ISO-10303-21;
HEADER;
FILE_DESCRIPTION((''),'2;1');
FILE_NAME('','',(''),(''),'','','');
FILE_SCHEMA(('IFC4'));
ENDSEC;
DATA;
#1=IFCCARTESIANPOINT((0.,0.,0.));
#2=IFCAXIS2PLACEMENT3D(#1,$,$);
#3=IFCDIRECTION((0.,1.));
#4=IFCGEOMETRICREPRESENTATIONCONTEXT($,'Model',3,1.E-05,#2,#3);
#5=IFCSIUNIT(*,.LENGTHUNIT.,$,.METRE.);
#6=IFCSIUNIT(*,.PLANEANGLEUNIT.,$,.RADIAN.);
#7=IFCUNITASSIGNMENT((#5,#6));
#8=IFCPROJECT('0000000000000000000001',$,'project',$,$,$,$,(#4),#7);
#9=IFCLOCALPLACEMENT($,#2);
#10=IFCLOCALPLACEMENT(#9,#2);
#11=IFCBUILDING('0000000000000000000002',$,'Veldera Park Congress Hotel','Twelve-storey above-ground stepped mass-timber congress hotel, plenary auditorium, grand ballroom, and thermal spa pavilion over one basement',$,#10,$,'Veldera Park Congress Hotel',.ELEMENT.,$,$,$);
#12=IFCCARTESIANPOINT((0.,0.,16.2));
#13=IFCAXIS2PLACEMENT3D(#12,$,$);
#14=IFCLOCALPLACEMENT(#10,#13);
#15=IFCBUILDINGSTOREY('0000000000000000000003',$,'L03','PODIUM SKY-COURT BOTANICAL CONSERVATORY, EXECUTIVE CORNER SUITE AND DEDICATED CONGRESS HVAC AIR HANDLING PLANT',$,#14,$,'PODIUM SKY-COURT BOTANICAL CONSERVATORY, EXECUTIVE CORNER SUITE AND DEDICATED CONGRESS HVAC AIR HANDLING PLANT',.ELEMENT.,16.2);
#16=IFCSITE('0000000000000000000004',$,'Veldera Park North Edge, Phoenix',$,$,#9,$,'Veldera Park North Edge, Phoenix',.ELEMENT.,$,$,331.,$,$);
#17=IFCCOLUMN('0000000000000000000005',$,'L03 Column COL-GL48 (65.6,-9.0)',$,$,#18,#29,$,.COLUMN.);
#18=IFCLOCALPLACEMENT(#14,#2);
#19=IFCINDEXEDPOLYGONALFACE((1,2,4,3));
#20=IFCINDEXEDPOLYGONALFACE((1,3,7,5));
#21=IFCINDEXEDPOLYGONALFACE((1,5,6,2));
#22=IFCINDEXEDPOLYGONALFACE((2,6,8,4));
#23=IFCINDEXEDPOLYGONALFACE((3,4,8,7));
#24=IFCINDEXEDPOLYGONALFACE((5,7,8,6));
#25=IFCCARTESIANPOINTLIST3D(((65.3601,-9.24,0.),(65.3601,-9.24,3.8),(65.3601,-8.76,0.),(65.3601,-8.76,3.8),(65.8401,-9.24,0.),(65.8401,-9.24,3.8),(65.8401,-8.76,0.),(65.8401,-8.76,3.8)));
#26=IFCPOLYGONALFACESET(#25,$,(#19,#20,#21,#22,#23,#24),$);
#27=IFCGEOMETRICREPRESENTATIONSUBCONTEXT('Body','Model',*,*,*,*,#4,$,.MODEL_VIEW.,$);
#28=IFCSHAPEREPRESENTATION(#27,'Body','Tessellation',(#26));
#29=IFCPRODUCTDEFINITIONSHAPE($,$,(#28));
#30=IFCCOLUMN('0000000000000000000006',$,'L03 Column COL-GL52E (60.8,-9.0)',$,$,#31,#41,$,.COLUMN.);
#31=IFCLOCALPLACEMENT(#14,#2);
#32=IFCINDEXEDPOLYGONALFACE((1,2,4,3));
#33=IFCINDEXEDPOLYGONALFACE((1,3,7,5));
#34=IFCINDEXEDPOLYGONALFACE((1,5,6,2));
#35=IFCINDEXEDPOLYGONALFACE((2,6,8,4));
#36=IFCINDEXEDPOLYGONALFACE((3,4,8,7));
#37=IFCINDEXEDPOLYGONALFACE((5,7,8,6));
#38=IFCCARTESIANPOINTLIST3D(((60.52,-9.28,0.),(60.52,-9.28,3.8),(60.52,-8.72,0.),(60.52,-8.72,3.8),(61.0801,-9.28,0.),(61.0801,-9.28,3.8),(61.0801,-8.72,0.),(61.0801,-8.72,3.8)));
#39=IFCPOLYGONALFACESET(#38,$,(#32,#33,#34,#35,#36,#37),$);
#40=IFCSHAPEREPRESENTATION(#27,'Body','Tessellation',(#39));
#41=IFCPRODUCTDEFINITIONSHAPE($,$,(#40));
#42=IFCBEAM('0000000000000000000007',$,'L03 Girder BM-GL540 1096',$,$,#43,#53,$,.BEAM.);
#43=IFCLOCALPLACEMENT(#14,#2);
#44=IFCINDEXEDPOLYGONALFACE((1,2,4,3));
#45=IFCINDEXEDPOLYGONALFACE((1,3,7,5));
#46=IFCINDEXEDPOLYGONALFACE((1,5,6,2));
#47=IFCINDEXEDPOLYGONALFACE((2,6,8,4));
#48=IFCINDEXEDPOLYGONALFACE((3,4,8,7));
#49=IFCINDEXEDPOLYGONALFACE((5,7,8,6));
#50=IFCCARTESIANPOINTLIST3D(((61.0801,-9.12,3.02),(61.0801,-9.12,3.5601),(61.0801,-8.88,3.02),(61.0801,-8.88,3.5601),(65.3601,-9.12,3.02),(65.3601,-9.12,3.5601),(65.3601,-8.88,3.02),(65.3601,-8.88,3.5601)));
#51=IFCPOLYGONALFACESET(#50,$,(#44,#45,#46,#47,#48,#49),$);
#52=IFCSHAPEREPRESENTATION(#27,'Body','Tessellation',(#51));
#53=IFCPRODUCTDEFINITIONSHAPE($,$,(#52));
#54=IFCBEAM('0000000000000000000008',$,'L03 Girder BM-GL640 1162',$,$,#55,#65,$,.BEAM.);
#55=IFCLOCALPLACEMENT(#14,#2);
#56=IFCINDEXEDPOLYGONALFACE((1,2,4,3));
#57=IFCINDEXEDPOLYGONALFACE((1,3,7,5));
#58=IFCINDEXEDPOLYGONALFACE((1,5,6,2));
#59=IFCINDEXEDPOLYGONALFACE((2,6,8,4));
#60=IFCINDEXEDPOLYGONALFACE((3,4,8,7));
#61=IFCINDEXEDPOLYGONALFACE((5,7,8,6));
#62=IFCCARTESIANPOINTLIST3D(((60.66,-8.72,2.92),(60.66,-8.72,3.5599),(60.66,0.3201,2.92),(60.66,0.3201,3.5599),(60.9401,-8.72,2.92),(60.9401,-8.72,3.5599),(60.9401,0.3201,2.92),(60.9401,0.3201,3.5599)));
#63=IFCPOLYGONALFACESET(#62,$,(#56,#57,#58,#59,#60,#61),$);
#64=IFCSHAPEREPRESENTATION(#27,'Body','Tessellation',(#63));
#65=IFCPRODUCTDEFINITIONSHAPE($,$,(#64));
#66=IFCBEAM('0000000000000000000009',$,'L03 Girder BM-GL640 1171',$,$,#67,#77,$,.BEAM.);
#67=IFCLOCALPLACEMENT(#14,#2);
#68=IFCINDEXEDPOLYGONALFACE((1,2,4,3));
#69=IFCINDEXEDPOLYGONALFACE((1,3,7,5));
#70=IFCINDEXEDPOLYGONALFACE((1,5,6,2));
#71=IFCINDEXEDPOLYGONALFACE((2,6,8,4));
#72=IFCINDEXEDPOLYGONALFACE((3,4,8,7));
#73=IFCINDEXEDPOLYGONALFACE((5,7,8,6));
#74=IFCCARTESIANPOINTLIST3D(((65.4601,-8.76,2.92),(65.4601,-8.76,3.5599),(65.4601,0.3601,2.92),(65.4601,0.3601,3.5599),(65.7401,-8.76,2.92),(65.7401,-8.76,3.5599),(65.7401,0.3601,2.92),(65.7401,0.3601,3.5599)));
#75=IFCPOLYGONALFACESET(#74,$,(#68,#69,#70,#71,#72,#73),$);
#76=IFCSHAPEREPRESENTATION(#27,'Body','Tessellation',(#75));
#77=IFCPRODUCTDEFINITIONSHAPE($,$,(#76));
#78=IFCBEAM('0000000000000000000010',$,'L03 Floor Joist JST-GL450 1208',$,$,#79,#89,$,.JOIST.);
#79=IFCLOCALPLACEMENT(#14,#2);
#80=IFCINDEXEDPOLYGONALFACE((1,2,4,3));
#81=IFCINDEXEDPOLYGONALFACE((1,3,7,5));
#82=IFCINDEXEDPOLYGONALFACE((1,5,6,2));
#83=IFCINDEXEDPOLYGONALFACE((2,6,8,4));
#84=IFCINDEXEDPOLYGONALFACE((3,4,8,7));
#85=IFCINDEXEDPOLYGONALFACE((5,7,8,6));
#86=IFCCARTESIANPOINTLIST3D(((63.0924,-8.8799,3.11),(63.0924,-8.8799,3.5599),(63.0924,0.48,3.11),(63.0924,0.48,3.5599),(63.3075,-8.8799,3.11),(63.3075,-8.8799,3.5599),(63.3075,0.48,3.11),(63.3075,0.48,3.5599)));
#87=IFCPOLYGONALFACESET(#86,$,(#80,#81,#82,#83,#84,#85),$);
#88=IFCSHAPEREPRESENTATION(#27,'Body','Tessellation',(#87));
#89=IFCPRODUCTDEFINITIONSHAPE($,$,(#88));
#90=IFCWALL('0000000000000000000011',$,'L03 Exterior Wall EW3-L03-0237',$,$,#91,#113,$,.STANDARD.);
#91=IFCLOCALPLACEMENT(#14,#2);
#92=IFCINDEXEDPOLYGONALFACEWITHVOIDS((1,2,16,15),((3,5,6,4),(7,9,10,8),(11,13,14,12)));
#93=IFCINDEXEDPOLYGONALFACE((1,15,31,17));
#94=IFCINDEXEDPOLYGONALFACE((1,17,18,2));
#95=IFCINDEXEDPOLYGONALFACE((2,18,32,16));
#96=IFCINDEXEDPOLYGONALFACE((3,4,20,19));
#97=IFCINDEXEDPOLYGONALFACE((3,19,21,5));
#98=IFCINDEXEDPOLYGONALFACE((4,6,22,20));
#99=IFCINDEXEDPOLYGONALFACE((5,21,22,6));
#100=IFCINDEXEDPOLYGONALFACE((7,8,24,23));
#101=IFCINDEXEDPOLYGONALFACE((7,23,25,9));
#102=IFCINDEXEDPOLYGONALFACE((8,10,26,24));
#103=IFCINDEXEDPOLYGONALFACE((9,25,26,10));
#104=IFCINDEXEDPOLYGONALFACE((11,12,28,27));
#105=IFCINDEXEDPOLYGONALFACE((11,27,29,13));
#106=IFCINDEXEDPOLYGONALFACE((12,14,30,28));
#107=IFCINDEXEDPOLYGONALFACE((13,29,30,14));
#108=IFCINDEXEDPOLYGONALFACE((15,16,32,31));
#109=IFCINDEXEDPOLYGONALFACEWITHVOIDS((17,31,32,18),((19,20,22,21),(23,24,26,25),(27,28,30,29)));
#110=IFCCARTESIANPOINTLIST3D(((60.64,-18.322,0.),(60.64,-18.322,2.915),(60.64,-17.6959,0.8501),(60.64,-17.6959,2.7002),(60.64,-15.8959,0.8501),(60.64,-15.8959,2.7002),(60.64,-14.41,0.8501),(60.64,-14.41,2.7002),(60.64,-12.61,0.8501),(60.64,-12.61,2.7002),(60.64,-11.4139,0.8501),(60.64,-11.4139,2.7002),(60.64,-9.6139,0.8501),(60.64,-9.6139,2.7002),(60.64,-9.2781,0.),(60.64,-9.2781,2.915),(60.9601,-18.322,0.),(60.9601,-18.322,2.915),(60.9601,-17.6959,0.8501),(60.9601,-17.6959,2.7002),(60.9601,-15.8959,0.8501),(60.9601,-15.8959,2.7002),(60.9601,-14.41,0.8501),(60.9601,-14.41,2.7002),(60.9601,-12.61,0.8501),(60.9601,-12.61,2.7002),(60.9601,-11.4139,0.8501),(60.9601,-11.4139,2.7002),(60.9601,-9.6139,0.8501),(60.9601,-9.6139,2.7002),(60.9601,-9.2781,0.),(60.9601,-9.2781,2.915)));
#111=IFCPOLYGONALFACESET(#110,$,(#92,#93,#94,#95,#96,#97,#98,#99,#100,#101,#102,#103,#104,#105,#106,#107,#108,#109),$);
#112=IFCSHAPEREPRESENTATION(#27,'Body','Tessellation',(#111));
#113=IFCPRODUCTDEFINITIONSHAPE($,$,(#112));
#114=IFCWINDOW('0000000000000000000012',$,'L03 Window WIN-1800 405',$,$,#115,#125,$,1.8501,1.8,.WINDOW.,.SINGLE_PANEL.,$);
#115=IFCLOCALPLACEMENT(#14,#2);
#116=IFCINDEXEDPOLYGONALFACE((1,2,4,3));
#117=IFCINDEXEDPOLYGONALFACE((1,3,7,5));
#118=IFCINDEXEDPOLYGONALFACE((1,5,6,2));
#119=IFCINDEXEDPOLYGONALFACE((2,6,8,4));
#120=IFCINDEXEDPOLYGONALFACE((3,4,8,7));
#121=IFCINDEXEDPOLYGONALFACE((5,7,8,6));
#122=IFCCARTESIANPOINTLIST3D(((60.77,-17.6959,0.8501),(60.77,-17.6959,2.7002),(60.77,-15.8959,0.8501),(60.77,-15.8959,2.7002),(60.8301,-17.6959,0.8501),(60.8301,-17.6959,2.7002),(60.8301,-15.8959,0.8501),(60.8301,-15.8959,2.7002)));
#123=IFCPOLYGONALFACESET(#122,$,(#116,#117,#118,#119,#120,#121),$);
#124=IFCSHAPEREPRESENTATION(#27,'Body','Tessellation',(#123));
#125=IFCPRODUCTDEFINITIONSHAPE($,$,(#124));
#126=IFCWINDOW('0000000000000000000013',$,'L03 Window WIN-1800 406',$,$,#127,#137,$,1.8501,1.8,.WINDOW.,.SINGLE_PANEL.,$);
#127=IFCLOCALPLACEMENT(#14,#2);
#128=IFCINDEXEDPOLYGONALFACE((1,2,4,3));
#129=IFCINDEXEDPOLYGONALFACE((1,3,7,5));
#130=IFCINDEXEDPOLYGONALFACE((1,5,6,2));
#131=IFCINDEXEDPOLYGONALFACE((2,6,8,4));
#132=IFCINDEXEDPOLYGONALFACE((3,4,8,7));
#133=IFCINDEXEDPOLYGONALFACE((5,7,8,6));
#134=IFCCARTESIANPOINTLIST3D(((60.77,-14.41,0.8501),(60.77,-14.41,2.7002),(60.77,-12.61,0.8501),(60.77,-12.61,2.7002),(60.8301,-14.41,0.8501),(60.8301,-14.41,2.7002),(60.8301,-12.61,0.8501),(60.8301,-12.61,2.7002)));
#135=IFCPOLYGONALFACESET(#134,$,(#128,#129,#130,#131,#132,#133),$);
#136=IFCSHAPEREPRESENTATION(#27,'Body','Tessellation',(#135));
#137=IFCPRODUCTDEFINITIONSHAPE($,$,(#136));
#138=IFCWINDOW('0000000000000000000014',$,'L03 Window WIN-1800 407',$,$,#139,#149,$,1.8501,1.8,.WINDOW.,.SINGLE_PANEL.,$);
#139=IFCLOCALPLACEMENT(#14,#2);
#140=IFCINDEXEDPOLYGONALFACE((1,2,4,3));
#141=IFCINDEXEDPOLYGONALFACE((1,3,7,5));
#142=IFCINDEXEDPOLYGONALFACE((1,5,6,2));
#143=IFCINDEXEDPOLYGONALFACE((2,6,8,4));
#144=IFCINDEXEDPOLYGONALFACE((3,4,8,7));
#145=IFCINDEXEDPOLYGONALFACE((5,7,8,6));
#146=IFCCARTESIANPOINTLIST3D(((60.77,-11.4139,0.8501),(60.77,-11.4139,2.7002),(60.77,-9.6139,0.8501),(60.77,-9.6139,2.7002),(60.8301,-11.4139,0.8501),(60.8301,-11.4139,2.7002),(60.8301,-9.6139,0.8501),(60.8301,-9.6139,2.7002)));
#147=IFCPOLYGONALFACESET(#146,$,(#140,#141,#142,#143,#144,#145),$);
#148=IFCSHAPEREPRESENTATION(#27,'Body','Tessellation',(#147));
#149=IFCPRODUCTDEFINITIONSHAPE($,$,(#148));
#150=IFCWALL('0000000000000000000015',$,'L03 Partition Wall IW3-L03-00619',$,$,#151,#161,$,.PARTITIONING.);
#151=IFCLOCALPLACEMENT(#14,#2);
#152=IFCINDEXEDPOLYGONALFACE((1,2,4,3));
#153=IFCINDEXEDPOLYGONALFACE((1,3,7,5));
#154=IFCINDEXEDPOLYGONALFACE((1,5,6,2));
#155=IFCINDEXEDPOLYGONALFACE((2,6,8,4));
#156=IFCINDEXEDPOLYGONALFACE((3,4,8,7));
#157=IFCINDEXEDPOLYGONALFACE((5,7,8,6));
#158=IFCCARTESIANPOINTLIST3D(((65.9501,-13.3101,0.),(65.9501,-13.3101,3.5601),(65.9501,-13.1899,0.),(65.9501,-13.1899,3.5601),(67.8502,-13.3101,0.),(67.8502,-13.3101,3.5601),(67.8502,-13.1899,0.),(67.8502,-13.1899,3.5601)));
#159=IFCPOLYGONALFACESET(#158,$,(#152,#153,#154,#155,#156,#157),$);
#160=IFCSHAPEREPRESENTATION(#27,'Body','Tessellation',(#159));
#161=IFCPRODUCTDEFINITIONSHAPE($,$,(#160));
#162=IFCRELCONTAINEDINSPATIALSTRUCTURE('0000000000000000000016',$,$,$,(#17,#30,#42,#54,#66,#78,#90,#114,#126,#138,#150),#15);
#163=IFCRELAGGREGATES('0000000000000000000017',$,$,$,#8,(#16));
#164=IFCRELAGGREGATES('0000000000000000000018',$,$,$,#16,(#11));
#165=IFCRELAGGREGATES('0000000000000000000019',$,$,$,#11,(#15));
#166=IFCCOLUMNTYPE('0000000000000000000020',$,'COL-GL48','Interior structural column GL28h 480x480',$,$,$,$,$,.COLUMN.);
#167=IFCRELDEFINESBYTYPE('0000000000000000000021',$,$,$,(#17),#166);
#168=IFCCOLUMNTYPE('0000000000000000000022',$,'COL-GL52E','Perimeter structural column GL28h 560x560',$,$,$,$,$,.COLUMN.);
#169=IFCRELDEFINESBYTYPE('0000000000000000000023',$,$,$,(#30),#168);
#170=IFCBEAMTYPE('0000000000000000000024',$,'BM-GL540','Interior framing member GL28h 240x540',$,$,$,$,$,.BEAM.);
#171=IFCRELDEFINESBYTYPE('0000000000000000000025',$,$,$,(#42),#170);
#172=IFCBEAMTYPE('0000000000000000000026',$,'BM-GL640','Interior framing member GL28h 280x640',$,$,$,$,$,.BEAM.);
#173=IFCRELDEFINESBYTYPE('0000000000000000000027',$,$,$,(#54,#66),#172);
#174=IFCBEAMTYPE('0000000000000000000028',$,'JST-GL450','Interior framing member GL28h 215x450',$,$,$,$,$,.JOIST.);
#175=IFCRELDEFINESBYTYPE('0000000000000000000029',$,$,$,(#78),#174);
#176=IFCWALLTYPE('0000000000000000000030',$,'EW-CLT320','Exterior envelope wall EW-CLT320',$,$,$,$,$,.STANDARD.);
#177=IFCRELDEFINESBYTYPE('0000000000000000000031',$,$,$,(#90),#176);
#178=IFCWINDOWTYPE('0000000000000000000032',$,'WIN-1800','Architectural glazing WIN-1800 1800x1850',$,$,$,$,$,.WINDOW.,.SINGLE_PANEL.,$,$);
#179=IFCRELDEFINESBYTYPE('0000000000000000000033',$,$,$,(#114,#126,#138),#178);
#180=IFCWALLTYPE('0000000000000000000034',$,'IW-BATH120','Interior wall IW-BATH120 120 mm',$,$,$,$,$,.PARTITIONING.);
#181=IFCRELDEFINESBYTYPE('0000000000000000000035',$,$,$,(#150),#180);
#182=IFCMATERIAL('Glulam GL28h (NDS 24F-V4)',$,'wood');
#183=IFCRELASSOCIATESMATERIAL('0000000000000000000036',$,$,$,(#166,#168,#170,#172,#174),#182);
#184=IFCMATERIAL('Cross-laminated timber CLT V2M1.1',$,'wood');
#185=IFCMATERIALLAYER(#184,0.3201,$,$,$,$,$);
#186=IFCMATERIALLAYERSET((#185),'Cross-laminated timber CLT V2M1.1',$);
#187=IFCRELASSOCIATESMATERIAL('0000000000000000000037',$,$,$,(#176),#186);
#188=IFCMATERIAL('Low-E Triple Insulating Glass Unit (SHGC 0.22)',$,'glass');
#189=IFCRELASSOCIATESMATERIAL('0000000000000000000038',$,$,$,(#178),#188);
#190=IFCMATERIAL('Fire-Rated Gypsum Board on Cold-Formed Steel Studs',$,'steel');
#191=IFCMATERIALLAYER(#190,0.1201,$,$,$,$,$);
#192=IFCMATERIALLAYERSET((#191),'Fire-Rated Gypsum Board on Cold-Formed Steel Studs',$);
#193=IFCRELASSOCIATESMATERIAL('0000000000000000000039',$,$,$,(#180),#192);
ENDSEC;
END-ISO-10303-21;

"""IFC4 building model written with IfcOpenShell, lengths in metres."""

from ifc_helpers import new_model, si_unit, direction, frame, frame_2d, origin, origin_2d, place, context, subcontext, project, spatial, rectangle, extrude, material, layer, layer_set, material_profile, profile_set, type_object, element, fill, save


model = new_model("IFC4")

# Units and contexts
model_context = context("Model", 3, precision=1e-05, world=origin(), true_north=direction((0.0, 1.0)))
body_context = subcontext(model_context, "Body", "Model", "MODEL_VIEW")
ifc_project = project(units=[si_unit("LENGTHUNIT", "METRE"), si_unit("PLANEANGLEUNIT", "RADIAN")], contexts=[model_context])

# Site, building, storey
site_placement = place(None, origin())
site = spatial("IfcSite", under=ifc_project, at=site_placement, Name="Veldera Park North Edge, Phoenix", LongName="Veldera Park North Edge, Phoenix", CompositionType="ELEMENT", RefElevation=331.0)
building_placement = place(site_placement, origin())
building = spatial("IfcBuilding", under=site, at=building_placement, Name="Veldera Park Congress Hotel", Description="Twelve-storey above-ground stepped mass-timber congress hotel, plenary auditorium, grand ballroom, and thermal spa pavilion over one basement", LongName="Veldera Park Congress Hotel", CompositionType="ELEMENT")
storey_placement = place(building_placement, frame((0.0, 0.0, 16.2)))
storey = spatial("IfcBuildingStorey", under=building, at=storey_placement, Name="L03", Description="PODIUM SKY-COURT BOTANICAL CONSERVATORY, EXECUTIVE CORNER SUITE AND DEDICATED CONGRESS HVAC AIR HANDLING PLANT", LongName="PODIUM SKY-COURT BOTANICAL CONSERVATORY, EXECUTIVE CORNER SUITE AND DEDICATED CONGRESS HVAC AIR HANDLING PLANT", CompositionType="ELEMENT", Elevation=16.2)

# Columns
ifc_material_1 = material(Name="Glulam GL28h (NDS 24F-V4)", Category="wood")
ifc_material_profile_1 = material_profile(ifc_material_1, rectangle(XDim=0.48, YDim=0.48, at=origin_2d()), Name="GL28h 480x480")
ifc_profile_set_1 = profile_set([ifc_material_profile_1], Name="Glulam GL28h (NDS 24F-V4)")
column_type_1 = type_object("IfcColumnType", Name="COL-GL48", Description="Interior structural column GL28h 480x480", PredefinedType="COLUMN", material=ifc_profile_set_1)
column_1_placement = place(storey_placement, frame((65.6001, -9.0, 0.0), z_axis=(0.0, 0.0, 1.0), x_axis=(1.0, 0.0, 0.0)))
element("IfcColumn", 1, at=column_1_placement, inside=storey, type_object=column_type_1, Name="L03 Column COL-GL48 (65.6,-9.0)", PredefinedType="COLUMN", context=body_context, shape_type="SweptSolid", body=[
    extrude(rectangle(XDim=0.48, YDim=0.48, at=origin_2d()), origin(), (0.0, 0.0, 1.0), 3.8),
])
ifc_material_profile_2 = material_profile(ifc_material_1, rectangle(XDim=0.5601, YDim=0.5601, at=origin_2d()), Name="GL28h 560x560")
ifc_profile_set_2 = profile_set([ifc_material_profile_2], Name="Glulam GL28h (NDS 24F-V4)")
column_type_2 = type_object("IfcColumnType", Name="COL-GL52E", Description="Perimeter structural column GL28h 560x560", PredefinedType="COLUMN", material=ifc_profile_set_2)
column_2_placement = place(storey_placement, frame((60.8, -9.0, 0.0), z_axis=(0.0, 0.0, 1.0), x_axis=(1.0, 0.0, 0.0)))
element("IfcColumn", 2, at=column_2_placement, inside=storey, type_object=column_type_2, Name="L03 Column COL-GL52E (60.8,-9.0)", PredefinedType="COLUMN", context=body_context, shape_type="SweptSolid", body=[
    extrude(rectangle(XDim=0.5601, YDim=0.5601, at=origin_2d()), origin(), (0.0, 0.0, 1.0), 3.8),
])

# Beams
ifc_material_profile_3 = material_profile(ifc_material_1, rectangle(XDim=0.24, YDim=0.54, at=origin_2d()), Name="GL28h 240x540")
ifc_profile_set_3 = profile_set([ifc_material_profile_3], Name="Glulam GL28h (NDS 24F-V4)")
beam_type_1 = type_object("IfcBeamType", Name="BM-GL540", Description="Interior framing member GL28h 240x540", PredefinedType="BEAM", material=ifc_profile_set_3)
beam_1_placement = place(storey_placement, frame((61.0801, -9.0, 3.29), z_axis=(1.0, 0.0, 0.0), x_axis=(0.0, 1.0, 0.0)))
element("IfcBeam", 3, at=beam_1_placement, inside=storey, type_object=beam_type_1, Name="L03 Girder BM-GL540 1096", PredefinedType="BEAM", context=body_context, shape_type="SweptSolid", body=[
    extrude(rectangle(XDim=0.24, YDim=0.54, at=origin_2d()), origin(), (0.0, 0.0, 1.0), 4.28),
])
ifc_material_profile_4 = material_profile(ifc_material_1, rectangle(XDim=0.28, YDim=0.6399, at=origin_2d()), Name="GL28h 280x640")
ifc_profile_set_4 = profile_set([ifc_material_profile_4], Name="Glulam GL28h (NDS 24F-V4)")
beam_type_2 = type_object("IfcBeamType", Name="BM-GL640", Description="Interior framing member GL28h 280x640", PredefinedType="BEAM", material=ifc_profile_set_4)
beam_2_placement = place(storey_placement, frame((60.8, -8.72, 3.24), z_axis=(0.0, 1.0, 0.0), x_axis=(-1.0, 0.0, 0.0)))
element("IfcBeam", 4, at=beam_2_placement, inside=storey, type_object=beam_type_2, Name="L03 Girder BM-GL640 1162", PredefinedType="BEAM", context=body_context, shape_type="SweptSolid", body=[
    extrude(rectangle(XDim=0.28, YDim=0.6399, at=origin_2d()), origin(), (0.0, 0.0, 1.0), 9.04),
])
beam_3_placement = place(storey_placement, frame((65.6001, -8.76, 3.24), z_axis=(0.0, 1.0, 0.0), x_axis=(-1.0, 0.0, 0.0)))
element("IfcBeam", 5, at=beam_3_placement, inside=storey, type_object=beam_type_2, Name="L03 Girder BM-GL640 1171", PredefinedType="BEAM", context=body_context, shape_type="SweptSolid", body=[
    extrude(rectangle(XDim=0.28, YDim=0.6399, at=origin_2d()), origin(), (0.0, 0.0, 1.0), 9.1201),
])
ifc_material_profile_5 = material_profile(ifc_material_1, rectangle(XDim=0.2151, YDim=0.45, at=origin_2d()), Name="GL28h 215x450")
ifc_profile_set_5 = profile_set([ifc_material_profile_5], Name="Glulam GL28h (NDS 24F-V4)")
beam_type_3 = type_object("IfcBeamType", Name="JST-GL450", Description="Interior framing member GL28h 215x450", PredefinedType="JOIST", material=ifc_profile_set_5)
beam_4_placement = place(storey_placement, frame((63.2, -8.8799, 3.335), z_axis=(0.0, 1.0, 0.0), x_axis=(-1.0, 0.0, 0.0)))
element("IfcBeam", 6, at=beam_4_placement, inside=storey, type_object=beam_type_3, Name="L03 Floor Joist JST-GL450 1208", PredefinedType="JOIST", context=body_context, shape_type="SweptSolid", body=[
    extrude(rectangle(XDim=0.2151, YDim=0.45, at=origin_2d()), origin(), (0.0, 0.0, 1.0), 9.3599),
])

# Wall, openings, windows
ifc_material_2 = material(Name="Cross-laminated timber CLT V2M1.1", Category="wood")
ifc_layer_1 = layer(ifc_material_2, 0.3201)
ifc_layer_set_1 = layer_set([ifc_layer_1], Name="Cross-laminated timber CLT V2M1.1")
wall_type_1 = type_object("IfcWallType", Name="EW-CLT320", Description="Exterior envelope wall EW-CLT320", PredefinedType="STANDARD", material=ifc_layer_set_1)
wall_1_placement = place(storey_placement, frame((60.8, -9.2781, 0.0), z_axis=(0.0, 0.0, 1.0), x_axis=(0.0, -1.0, 0.0)))
wall_1 = element("IfcWall", 7, at=wall_1_placement, inside=storey, type_object=wall_type_1, Name="L03 Exterior Wall EW3-L03-0237", PredefinedType="STANDARD", context=body_context, shape_type="SweptSolid", body=[
    extrude(rectangle(XDim=9.0439, YDim=0.3201, at=frame_2d((4.522, 0.0))), origin(), (0.0, 0.0, 1.0), 2.915),
])
opening_1_placement = place(wall_1_placement, frame((6.6179, 0.0, 0.8501)))
opening_1 = element("IfcOpeningElement", 8, at=opening_1_placement, cuts=wall_1, PredefinedType="OPENING", context=body_context, shape_type="SweptSolid", body=[
    extrude(rectangle(XDim=1.8, YDim=1.8501, at=frame_2d((0.8999, 0.925))), frame((0.0, 0.1721, 0.0), z_axis=(0.0, -1.0, 0.0), x_axis=(1.0, 0.0, 0.0)), (0.0, 0.0, 1.0), 0.344),
])
opening_2_placement = place(wall_1_placement, frame((3.332, 0.0, 0.8501)))
opening_2 = element("IfcOpeningElement", 9, at=opening_2_placement, cuts=wall_1, PredefinedType="OPENING", context=body_context, shape_type="SweptSolid", body=[
    extrude(rectangle(XDim=1.8, YDim=1.8501, at=frame_2d((0.8999, 0.925))), frame((0.0, 0.1721, 0.0), z_axis=(0.0, -1.0, 0.0), x_axis=(1.0, 0.0, 0.0)), (0.0, 0.0, 1.0), 0.344),
])
opening_3_placement = place(wall_1_placement, frame((0.3359, 0.0, 0.8501)))
opening_3 = element("IfcOpeningElement", 10, at=opening_3_placement, cuts=wall_1, PredefinedType="OPENING", context=body_context, shape_type="SweptSolid", body=[
    extrude(rectangle(XDim=1.8, YDim=1.8501, at=frame_2d((0.8999, 0.925))), frame((0.0, 0.1721, 0.0), z_axis=(0.0, -1.0, 0.0), x_axis=(1.0, 0.0, 0.0)), (0.0, 0.0, 1.0), 0.344),
])
ifc_material_3 = material(Name="Low-E Triple Insulating Glass Unit (SHGC 0.22)", Category="glass")
window_type = type_object("IfcWindowType", Name="WIN-1800", Description="Architectural glazing WIN-1800 1800x1850", PartitioningType="SINGLE_PANEL", PredefinedType="WINDOW", material=ifc_material_3)
window_1_placement = place(opening_1_placement, origin())
window_1 = element("IfcWindow", 11, at=window_1_placement, inside=storey, type_object=window_type, Name="L03 Window WIN-1800 405", OverallHeight=1.8501, OverallWidth=1.8, PartitioningType="SINGLE_PANEL", PredefinedType="WINDOW", context=body_context, shape_type="SweptSolid", body=[
    extrude(rectangle(XDim=1.8, YDim=1.8501, at=frame_2d((0.8999, 0.925))), frame((0.0, 0.03, 0.0), z_axis=(0.0, -1.0, 0.0), x_axis=(1.0, 0.0, 0.0)), (0.0, 0.0, 1.0), 0.0601),
])
fill(opening_1, window_1)
window_2_placement = place(opening_2_placement, origin())
window_2 = element("IfcWindow", 12, at=window_2_placement, inside=storey, type_object=window_type, Name="L03 Window WIN-1800 406", OverallHeight=1.8501, OverallWidth=1.8, PartitioningType="SINGLE_PANEL", PredefinedType="WINDOW", context=body_context, shape_type="SweptSolid", body=[
    extrude(rectangle(XDim=1.8, YDim=1.8501, at=frame_2d((0.8999, 0.925))), frame((0.0, 0.03, 0.0), z_axis=(0.0, -1.0, 0.0), x_axis=(1.0, 0.0, 0.0)), (0.0, 0.0, 1.0), 0.0601),
])
fill(opening_2, window_2)
window_3_placement = place(opening_3_placement, origin())
window_3 = element("IfcWindow", 13, at=window_3_placement, inside=storey, type_object=window_type, Name="L03 Window WIN-1800 407", OverallHeight=1.8501, OverallWidth=1.8, PartitioningType="SINGLE_PANEL", PredefinedType="WINDOW", context=body_context, shape_type="SweptSolid", body=[
    extrude(rectangle(XDim=1.8, YDim=1.8501, at=frame_2d((0.8999, 0.925))), frame((0.0, 0.03, 0.0), z_axis=(0.0, -1.0, 0.0), x_axis=(1.0, 0.0, 0.0)), (0.0, 0.0, 1.0), 0.0601),
])
fill(opening_3, window_3)

# Wall
ifc_material_4 = material(Name="Fire-Rated Gypsum Board on Cold-Formed Steel Studs", Category="steel")
ifc_layer_2 = layer(ifc_material_4, 0.1201)
ifc_layer_set_2 = layer_set([ifc_layer_2], Name="Fire-Rated Gypsum Board on Cold-Formed Steel Studs")
wall_type_2 = type_object("IfcWallType", Name="IW-BATH120", Description="Interior wall IW-BATH120 120 mm", PredefinedType="PARTITIONING", material=ifc_layer_set_2)
wall_2_placement = place(storey_placement, frame((65.95, -13.25, 0.0), z_axis=(0.0, 0.0, 1.0), x_axis=(1.0, 0.0, 0.0)))
element("IfcWall", 14, at=wall_2_placement, inside=storey, type_object=wall_type_2, Name="L03 Partition Wall IW3-L03-00619", PredefinedType="PARTITIONING", context=body_context, shape_type="SweptSolid", body=[
    extrude(rectangle(XDim=1.9001, YDim=0.1201, at=frame_2d((0.9502, 0.0))), origin(), (0.0, 0.0, 1.0), 3.5601),
])

save(model, "model.ifc")
